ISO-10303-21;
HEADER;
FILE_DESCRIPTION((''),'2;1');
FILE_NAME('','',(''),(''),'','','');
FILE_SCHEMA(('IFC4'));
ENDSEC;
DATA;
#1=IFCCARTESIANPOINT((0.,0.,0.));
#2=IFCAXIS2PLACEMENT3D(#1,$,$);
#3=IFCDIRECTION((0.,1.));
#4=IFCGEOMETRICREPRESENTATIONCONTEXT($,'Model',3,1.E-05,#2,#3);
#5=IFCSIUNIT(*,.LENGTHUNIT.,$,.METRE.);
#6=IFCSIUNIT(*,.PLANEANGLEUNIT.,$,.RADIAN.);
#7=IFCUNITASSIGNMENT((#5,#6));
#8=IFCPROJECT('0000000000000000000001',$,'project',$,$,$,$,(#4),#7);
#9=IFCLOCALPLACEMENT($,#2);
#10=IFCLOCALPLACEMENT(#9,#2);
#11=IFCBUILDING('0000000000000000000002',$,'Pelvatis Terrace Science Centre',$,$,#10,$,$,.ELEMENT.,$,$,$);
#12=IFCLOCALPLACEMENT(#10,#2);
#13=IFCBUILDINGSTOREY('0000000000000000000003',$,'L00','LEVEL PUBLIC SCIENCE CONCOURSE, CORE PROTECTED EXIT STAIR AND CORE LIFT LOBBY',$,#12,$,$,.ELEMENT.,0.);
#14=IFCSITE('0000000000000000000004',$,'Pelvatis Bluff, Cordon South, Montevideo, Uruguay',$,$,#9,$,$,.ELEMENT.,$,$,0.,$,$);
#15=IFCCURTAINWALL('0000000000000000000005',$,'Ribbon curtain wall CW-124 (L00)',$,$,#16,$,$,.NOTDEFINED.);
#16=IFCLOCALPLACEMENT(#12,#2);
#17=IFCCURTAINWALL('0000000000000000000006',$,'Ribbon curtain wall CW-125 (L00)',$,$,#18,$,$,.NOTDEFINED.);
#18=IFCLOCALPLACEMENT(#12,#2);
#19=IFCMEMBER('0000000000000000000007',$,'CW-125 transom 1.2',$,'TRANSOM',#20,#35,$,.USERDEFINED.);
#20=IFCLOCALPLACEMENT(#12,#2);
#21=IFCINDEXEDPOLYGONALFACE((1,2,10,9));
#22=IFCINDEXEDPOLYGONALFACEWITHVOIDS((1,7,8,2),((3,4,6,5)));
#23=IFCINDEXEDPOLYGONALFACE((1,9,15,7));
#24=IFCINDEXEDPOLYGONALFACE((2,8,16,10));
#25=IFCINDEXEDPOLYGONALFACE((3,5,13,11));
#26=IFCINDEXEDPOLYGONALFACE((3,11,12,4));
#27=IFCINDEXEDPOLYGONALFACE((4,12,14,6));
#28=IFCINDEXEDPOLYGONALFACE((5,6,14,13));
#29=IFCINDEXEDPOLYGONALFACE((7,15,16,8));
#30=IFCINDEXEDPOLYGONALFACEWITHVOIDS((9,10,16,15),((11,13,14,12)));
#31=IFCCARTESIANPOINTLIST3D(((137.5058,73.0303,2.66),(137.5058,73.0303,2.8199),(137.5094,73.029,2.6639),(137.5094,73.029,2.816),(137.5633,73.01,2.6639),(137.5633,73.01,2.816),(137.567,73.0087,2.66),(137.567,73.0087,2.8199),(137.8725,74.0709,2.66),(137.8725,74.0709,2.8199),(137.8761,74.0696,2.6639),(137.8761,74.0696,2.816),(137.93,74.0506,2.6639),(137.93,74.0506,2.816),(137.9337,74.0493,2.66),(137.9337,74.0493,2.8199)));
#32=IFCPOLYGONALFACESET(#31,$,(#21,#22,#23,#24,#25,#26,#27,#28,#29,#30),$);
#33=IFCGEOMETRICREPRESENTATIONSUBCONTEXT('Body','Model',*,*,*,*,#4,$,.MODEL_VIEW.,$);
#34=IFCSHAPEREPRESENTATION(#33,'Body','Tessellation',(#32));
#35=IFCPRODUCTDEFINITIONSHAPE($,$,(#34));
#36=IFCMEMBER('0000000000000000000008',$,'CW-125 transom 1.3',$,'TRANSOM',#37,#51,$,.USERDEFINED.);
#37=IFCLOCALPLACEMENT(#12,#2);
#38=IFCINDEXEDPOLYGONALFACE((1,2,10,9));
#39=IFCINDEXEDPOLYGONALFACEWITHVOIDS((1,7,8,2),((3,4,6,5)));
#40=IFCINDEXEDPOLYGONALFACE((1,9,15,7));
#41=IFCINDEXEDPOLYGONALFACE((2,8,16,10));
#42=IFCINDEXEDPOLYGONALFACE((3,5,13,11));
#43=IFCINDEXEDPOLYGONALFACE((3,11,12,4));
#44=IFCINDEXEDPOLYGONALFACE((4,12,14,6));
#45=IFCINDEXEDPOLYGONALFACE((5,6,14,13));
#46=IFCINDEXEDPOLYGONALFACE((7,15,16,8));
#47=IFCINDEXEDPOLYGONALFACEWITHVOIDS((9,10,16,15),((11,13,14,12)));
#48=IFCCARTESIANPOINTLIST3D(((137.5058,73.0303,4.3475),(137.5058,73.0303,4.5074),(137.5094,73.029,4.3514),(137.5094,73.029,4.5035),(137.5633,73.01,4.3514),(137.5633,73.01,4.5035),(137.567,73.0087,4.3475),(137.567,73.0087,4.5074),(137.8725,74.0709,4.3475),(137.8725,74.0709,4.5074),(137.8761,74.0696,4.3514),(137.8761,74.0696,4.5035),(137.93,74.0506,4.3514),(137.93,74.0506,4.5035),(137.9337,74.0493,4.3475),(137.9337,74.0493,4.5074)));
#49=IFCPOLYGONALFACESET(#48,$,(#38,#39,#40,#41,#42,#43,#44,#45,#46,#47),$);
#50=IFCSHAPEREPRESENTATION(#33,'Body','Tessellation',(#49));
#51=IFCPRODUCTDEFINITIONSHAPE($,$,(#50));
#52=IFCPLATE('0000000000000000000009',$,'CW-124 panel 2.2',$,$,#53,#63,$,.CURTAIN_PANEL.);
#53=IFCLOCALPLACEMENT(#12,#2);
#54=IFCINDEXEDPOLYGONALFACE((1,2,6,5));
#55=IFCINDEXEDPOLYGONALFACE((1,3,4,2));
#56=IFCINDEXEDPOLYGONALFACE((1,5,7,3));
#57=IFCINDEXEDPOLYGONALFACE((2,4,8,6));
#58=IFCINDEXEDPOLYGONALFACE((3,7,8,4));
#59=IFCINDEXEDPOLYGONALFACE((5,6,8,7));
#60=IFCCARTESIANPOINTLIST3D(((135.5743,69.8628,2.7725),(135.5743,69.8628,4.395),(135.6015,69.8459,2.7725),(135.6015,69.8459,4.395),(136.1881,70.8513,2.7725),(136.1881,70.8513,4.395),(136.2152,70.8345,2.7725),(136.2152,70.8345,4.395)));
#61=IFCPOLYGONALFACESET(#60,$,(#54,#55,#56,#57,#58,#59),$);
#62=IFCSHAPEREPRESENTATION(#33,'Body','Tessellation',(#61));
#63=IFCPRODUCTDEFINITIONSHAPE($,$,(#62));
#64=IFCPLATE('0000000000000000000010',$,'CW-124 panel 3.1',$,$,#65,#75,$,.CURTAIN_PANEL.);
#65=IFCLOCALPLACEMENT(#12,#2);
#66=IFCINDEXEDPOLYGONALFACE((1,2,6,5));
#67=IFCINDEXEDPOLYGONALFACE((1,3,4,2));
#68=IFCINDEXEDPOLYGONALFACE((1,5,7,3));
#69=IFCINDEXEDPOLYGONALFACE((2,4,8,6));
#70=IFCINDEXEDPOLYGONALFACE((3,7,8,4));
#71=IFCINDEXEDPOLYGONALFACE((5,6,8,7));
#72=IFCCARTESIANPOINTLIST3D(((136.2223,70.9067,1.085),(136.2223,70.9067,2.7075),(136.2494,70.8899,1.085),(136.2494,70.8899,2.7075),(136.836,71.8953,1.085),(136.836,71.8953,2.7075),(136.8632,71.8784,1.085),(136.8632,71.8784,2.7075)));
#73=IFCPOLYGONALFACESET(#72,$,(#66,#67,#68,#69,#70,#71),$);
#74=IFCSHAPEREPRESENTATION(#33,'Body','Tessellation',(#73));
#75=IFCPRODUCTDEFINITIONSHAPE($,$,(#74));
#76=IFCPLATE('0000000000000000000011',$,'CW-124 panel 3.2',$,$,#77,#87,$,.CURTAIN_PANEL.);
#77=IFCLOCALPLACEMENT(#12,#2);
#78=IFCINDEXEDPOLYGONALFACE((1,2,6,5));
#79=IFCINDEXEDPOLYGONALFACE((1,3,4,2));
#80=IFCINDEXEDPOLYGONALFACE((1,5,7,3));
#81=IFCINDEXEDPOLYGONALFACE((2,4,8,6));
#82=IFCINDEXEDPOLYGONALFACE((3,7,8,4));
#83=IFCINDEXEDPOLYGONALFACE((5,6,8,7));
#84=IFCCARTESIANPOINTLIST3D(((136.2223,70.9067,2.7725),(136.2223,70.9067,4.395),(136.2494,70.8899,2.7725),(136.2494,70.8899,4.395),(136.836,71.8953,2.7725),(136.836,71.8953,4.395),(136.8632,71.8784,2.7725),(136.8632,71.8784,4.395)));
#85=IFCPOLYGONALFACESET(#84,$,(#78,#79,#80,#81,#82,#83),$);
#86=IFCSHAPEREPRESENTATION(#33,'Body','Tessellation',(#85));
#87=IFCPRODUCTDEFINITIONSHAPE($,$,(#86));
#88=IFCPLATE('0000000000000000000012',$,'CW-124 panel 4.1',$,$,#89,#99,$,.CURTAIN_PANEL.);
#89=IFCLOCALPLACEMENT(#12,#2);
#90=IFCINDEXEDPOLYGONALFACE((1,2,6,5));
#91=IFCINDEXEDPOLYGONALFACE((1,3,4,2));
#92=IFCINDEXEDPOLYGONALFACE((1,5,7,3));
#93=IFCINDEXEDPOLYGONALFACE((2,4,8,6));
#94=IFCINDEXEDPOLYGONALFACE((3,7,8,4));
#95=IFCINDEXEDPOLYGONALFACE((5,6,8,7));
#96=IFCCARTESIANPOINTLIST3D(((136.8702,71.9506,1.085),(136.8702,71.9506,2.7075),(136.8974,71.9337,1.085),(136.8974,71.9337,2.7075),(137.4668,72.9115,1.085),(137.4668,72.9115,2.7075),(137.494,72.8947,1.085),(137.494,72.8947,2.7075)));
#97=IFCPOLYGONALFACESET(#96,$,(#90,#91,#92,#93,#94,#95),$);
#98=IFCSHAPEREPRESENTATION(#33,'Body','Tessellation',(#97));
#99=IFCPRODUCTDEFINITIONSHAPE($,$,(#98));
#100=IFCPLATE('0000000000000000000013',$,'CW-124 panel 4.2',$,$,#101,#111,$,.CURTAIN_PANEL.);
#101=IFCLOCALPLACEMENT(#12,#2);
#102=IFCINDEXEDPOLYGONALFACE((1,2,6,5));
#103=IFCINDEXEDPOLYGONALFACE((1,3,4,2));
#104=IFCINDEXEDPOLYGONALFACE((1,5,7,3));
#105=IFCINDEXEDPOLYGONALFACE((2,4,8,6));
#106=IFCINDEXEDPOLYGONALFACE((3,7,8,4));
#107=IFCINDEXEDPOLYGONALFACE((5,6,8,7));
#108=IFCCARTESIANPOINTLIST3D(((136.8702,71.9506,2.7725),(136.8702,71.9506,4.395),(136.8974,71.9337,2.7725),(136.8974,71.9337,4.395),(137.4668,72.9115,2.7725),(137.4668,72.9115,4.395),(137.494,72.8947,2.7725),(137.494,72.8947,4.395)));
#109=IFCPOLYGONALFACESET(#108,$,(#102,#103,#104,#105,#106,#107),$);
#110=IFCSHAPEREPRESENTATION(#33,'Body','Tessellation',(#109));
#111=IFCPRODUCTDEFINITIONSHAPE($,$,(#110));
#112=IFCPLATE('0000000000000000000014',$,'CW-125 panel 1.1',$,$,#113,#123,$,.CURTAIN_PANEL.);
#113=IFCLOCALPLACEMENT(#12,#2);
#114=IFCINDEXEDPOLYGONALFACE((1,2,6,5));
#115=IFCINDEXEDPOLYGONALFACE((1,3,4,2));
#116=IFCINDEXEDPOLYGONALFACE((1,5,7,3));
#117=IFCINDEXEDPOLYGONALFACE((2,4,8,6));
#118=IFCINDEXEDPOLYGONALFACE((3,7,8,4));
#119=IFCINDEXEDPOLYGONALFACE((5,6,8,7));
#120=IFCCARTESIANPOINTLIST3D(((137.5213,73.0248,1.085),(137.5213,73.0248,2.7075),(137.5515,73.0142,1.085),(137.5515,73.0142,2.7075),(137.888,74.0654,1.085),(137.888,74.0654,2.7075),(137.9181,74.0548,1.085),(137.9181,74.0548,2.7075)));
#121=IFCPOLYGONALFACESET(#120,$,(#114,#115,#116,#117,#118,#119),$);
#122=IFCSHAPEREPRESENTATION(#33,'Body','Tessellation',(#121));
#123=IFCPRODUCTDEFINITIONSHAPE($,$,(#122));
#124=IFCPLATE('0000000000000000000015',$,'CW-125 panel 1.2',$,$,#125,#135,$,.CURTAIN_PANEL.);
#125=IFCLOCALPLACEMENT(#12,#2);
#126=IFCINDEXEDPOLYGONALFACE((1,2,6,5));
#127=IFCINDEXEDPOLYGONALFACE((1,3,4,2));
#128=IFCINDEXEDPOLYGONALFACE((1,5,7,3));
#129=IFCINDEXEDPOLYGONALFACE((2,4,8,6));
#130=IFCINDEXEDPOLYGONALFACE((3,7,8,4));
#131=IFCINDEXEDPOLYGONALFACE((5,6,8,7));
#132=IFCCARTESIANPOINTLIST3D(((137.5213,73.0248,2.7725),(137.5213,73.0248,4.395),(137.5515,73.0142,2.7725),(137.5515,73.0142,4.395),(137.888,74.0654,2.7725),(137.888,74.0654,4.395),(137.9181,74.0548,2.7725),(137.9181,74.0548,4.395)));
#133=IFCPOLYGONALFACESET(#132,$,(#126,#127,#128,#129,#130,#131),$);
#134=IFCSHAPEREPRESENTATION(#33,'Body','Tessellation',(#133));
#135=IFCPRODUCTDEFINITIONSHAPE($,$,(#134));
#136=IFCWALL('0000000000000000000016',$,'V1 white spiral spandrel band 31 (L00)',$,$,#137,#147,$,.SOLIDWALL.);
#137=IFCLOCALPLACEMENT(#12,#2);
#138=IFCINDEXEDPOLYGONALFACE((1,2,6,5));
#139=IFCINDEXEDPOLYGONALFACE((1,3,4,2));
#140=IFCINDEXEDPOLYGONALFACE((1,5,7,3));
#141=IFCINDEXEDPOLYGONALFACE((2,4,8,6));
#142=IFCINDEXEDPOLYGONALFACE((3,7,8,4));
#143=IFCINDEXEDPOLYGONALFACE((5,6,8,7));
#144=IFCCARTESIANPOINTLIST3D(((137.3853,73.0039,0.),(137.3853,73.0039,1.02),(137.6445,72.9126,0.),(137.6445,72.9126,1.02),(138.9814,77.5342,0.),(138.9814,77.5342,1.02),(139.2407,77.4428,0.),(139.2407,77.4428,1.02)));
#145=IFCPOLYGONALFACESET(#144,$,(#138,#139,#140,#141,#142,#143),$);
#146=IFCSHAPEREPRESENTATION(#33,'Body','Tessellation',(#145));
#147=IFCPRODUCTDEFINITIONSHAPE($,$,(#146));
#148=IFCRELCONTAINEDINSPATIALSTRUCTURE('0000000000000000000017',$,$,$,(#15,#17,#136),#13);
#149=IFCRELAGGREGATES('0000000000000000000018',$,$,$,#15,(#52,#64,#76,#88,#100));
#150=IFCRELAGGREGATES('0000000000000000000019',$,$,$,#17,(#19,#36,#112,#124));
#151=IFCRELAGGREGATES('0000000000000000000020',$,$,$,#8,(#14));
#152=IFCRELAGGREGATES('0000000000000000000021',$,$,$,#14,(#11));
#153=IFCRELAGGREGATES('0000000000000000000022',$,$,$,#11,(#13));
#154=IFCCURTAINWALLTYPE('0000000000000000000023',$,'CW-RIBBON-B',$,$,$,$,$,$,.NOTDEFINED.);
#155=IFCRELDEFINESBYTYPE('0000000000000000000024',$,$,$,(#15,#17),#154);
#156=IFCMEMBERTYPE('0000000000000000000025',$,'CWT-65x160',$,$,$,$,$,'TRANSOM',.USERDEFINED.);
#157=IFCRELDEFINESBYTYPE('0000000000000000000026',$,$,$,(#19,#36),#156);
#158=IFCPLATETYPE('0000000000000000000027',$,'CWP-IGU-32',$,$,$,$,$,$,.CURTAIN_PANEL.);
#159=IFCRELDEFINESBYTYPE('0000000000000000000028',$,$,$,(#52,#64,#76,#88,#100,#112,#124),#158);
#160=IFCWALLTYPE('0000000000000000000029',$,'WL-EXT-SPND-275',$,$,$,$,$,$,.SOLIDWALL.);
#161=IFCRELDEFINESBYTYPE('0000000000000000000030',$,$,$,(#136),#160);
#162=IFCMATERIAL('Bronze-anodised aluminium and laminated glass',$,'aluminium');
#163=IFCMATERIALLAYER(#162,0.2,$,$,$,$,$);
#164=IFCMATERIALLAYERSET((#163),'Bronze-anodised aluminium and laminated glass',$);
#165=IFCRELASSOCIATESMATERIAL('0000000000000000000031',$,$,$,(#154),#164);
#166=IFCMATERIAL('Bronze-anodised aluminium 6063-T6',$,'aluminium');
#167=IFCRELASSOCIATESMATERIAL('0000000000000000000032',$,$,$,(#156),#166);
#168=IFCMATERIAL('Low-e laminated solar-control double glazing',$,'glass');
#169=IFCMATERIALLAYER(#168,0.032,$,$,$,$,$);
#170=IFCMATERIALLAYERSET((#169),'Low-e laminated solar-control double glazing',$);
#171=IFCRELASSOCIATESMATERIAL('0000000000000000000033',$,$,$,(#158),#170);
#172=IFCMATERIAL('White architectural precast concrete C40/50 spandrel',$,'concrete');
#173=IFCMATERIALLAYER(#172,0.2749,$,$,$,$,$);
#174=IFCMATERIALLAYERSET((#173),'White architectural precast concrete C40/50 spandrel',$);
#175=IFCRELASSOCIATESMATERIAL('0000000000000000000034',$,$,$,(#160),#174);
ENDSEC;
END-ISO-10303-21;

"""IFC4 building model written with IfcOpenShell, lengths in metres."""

from ifc_helpers import new_model, si_unit, direction, frame, frame_2d, origin, origin_2d, place, context, subcontext, project, spatial, rectangle, hollow_rectangle, extrude, material, layer, layer_set, material_profile, profile_set, type_object, element, aggregate, save


model = new_model("IFC4")

# Units and contexts
model_context = context("Model", 3, precision=1e-05, world=origin(), true_north=direction((0.0, 1.0)))
body_context = subcontext(model_context, "Body", "Model", "MODEL_VIEW")
ifc_project = project(units=[si_unit("LENGTHUNIT", "METRE"), si_unit("PLANEANGLEUNIT", "RADIAN")], contexts=[model_context])

# Site, building, storey
site_placement = place(None, origin())
site = spatial("IfcSite", under=ifc_project, at=site_placement, Name="Pelvatis Bluff, Cordon South, Montevideo, Uruguay", CompositionType="ELEMENT", RefElevation=0.0)
building_placement = place(site_placement, origin())
building = spatial("IfcBuilding", under=site, at=building_placement, Name="Pelvatis Terrace Science Centre", CompositionType="ELEMENT")
storey_placement = place(building_placement, origin())
storey = spatial("IfcBuildingStorey", under=building, at=storey_placement, Name="L00", Description="LEVEL PUBLIC SCIENCE CONCOURSE, CORE PROTECTED EXIT STAIR AND CORE LIFT LOBBY", CompositionType="ELEMENT", Elevation=0.0)

# Curtain wall
ifc_material_1 = material(Name="Bronze-anodised aluminium and laminated glass", Category="aluminium")
ifc_layer_1 = layer(ifc_material_1, 0.2)
ifc_layer_set_1 = layer_set([ifc_layer_1], Name="Bronze-anodised aluminium and laminated glass")
curtain_wall_type = type_object("IfcCurtainWallType", Name="CW-RIBBON-B", PredefinedType="NOTDEFINED", material=ifc_layer_set_1)
curtain_wall_1_placement = place(storey_placement, origin())
curtain_wall_1 = element("IfcCurtainWall", 1, at=curtain_wall_1_placement, inside=storey, type_object=curtain_wall_type, Name="Ribbon curtain wall CW-124 (L00)", PredefinedType="NOTDEFINED")

# Curtain wall
curtain_wall_2_placement = place(storey_placement, origin())
curtain_wall_2 = element("IfcCurtainWall", 2, at=curtain_wall_2_placement, inside=storey, type_object=curtain_wall_type, Name="Ribbon curtain wall CW-125 (L00)", PredefinedType="NOTDEFINED")

# Members
ifc_material_2 = material(Name="Bronze-anodised aluminium 6063-T6", Category="aluminium")
ifc_material_profile_1 = material_profile(ifc_material_2, hollow_rectangle(XDim=0.0649, YDim=0.1599, WallThickness=0.0039, at=origin_2d()), Name="ALU-TRN 65x160")
ifc_profile_set_1 = profile_set([ifc_material_profile_1], Name="Bronze-anodised aluminium 6063-T6")
member_type_1 = type_object("IfcMemberType", Name="CWT-65x160", ElementType="TRANSOM", PredefinedType="USERDEFINED", material=ifc_profile_set_1)
member_1_placement = place(storey_placement, frame((137.5364, 73.0195, 2.74), z_axis=(0.33238, 0.943145, 0.0), x_axis=(-0.943145, 0.33238, 0.0)))
member_1 = element("IfcMember", 3, at=member_1_placement, type_object=member_type_1, Name="CW-125 transom 1.2", ObjectType="TRANSOM", PredefinedType="USERDEFINED", context=body_context, shape_type="SweptSolid", body=[
    extrude(hollow_rectangle(XDim=0.0649, YDim=0.1599, WallThickness=0.0039, at=origin_2d()), origin(), (0.0, 0.0, 1.0), 1.1033),
])
member_2_placement = place(storey_placement, frame((137.5364, 73.0195, 4.4275), z_axis=(0.33238, 0.943145, 0.0), x_axis=(-0.943145, 0.33238, 0.0)))
member_2 = element("IfcMember", 4, at=member_2_placement, type_object=member_type_1, Name="CW-125 transom 1.3", ObjectType="TRANSOM", PredefinedType="USERDEFINED", context=body_context, shape_type="SweptSolid", body=[
    extrude(hollow_rectangle(XDim=0.0649, YDim=0.1599, WallThickness=0.0039, at=origin_2d()), origin(), (0.0, 0.0, 1.0), 1.1033),
])

# Plates
ifc_material_3 = material(Name="Low-e laminated solar-control double glazing", Category="glass")
ifc_layer_2 = layer(ifc_material_3, 0.032)
ifc_layer_set_2 = layer_set([ifc_layer_2], Name="Low-e laminated solar-control double glazing")
plate_type = type_object("IfcPlateType", Name="CWP-IGU-32", PredefinedType="CURTAIN_PANEL", material=ifc_layer_set_2)
plate_1_placement = place(storey_placement, frame((135.8948, 70.3486, 2.7725), z_axis=(0.0, 0.0, 1.0), x_axis=(0.52745, 0.849586, 0.0)))
plate_1 = element("IfcPlate", 5, at=plate_1_placement, type_object=plate_type, Name="CW-124 panel 2.2", PredefinedType="CURTAIN_PANEL", context=body_context, shape_type="SweptSolid", body=[
    extrude(rectangle(XDim=1.1636, YDim=0.032, at=origin_2d()), origin(), (0.0, 0.0, 1.0), 1.6226),
])
plate_2_placement = place(storey_placement, frame((136.5427, 71.3926, 1.085), z_axis=(0.0, 0.0, 1.0), x_axis=(0.52745, 0.849586, 0.0)))
plate_2 = element("IfcPlate", 6, at=plate_2_placement, type_object=plate_type, Name="CW-124 panel 3.1", PredefinedType="CURTAIN_PANEL", context=body_context, shape_type="SweptSolid", body=[
    extrude(rectangle(XDim=1.1636, YDim=0.032, at=origin_2d()), origin(), (0.0, 0.0, 1.0), 1.6226),
])
plate_3_placement = place(storey_placement, frame((136.5427, 71.3926, 2.7725), z_axis=(0.0, 0.0, 1.0), x_axis=(0.52745, 0.849586, 0.0)))
plate_3 = element("IfcPlate", 7, at=plate_3_placement, type_object=plate_type, Name="CW-124 panel 3.2", PredefinedType="CURTAIN_PANEL", context=body_context, shape_type="SweptSolid", body=[
    extrude(rectangle(XDim=1.1636, YDim=0.032, at=origin_2d()), origin(), (0.0, 0.0, 1.0), 1.6226),
])
plate_4_placement = place(storey_placement, frame((137.1821, 72.4226, 1.085), z_axis=(0.0, 0.0, 1.0), x_axis=(0.52745, 0.849586, 0.0)))
plate_4 = element("IfcPlate", 8, at=plate_4_placement, type_object=plate_type, Name="CW-124 panel 4.1", PredefinedType="CURTAIN_PANEL", context=body_context, shape_type="SweptSolid", body=[
    extrude(rectangle(XDim=1.1311, YDim=0.032, at=origin_2d()), origin(), (0.0, 0.0, 1.0), 1.6226),
])
plate_5_placement = place(storey_placement, frame((137.1821, 72.4226, 2.7725), z_axis=(0.0, 0.0, 1.0), x_axis=(0.52745, 0.849586, 0.0)))
plate_5 = element("IfcPlate", 9, at=plate_5_placement, type_object=plate_type, Name="CW-124 panel 4.2", PredefinedType="CURTAIN_PANEL", context=body_context, shape_type="SweptSolid", body=[
    extrude(rectangle(XDim=1.1311, YDim=0.032, at=origin_2d()), origin(), (0.0, 0.0, 1.0), 1.6226),
])
aggregate(curtain_wall_1, [plate_1, plate_2, plate_3, plate_4, plate_5])
plate_6_placement = place(storey_placement, frame((137.7197, 73.5398, 1.085), z_axis=(0.0, 0.0, 1.0), x_axis=(0.332308, 0.943171, 0.0)))
plate_6 = element("IfcPlate", 10, at=plate_6_placement, type_object=plate_type, Name="CW-125 panel 1.1", PredefinedType="CURTAIN_PANEL", context=body_context, shape_type="SweptSolid", body=[
    extrude(rectangle(XDim=1.1033, YDim=0.032, at=origin_2d()), origin(), (0.0, 0.0, 1.0), 1.6226),
])
plate_7_placement = place(storey_placement, frame((137.7197, 73.5398, 2.7725), z_axis=(0.0, 0.0, 1.0), x_axis=(0.332308, 0.943171, 0.0)))
plate_7 = element("IfcPlate", 11, at=plate_7_placement, type_object=plate_type, Name="CW-125 panel 1.2", PredefinedType="CURTAIN_PANEL", context=body_context, shape_type="SweptSolid", body=[
    extrude(rectangle(XDim=1.1033, YDim=0.032, at=origin_2d()), origin(), (0.0, 0.0, 1.0), 1.6226),
])
aggregate(curtain_wall_2, [member_1, member_2, plate_6, plate_7])

# Wall
ifc_material_4 = material(Name="White architectural precast concrete C40/50 spandrel", Category="concrete")
ifc_layer_3 = layer(ifc_material_4, 0.2749)
ifc_layer_set_3 = layer_set([ifc_layer_3], Name="White architectural precast concrete C40/50 spandrel")
wall_type = type_object("IfcWallType", Name="WL-EXT-SPND-275", PredefinedType="SOLIDWALL", material=ifc_layer_set_3)
wall_placement = place(storey_placement, frame((137.5149, 72.9583, 0.0), z_axis=(0.0, 0.0, 1.0), x_axis=(0.332315, 0.943168, 0.0)))
element("IfcWall", 12, at=wall_placement, inside=storey, type_object=wall_type, Name="V1 white spiral spandrel band 31 (L00)", PredefinedType="SOLIDWALL", context=body_context, shape_type="SweptSolid", body=[
    extrude(rectangle(XDim=4.8032, YDim=0.2749, at=frame_2d((2.4016, 0.0))), origin(), (0.0, 0.0, 1.0), 1.02),
])

save(model, "model.ifc")
